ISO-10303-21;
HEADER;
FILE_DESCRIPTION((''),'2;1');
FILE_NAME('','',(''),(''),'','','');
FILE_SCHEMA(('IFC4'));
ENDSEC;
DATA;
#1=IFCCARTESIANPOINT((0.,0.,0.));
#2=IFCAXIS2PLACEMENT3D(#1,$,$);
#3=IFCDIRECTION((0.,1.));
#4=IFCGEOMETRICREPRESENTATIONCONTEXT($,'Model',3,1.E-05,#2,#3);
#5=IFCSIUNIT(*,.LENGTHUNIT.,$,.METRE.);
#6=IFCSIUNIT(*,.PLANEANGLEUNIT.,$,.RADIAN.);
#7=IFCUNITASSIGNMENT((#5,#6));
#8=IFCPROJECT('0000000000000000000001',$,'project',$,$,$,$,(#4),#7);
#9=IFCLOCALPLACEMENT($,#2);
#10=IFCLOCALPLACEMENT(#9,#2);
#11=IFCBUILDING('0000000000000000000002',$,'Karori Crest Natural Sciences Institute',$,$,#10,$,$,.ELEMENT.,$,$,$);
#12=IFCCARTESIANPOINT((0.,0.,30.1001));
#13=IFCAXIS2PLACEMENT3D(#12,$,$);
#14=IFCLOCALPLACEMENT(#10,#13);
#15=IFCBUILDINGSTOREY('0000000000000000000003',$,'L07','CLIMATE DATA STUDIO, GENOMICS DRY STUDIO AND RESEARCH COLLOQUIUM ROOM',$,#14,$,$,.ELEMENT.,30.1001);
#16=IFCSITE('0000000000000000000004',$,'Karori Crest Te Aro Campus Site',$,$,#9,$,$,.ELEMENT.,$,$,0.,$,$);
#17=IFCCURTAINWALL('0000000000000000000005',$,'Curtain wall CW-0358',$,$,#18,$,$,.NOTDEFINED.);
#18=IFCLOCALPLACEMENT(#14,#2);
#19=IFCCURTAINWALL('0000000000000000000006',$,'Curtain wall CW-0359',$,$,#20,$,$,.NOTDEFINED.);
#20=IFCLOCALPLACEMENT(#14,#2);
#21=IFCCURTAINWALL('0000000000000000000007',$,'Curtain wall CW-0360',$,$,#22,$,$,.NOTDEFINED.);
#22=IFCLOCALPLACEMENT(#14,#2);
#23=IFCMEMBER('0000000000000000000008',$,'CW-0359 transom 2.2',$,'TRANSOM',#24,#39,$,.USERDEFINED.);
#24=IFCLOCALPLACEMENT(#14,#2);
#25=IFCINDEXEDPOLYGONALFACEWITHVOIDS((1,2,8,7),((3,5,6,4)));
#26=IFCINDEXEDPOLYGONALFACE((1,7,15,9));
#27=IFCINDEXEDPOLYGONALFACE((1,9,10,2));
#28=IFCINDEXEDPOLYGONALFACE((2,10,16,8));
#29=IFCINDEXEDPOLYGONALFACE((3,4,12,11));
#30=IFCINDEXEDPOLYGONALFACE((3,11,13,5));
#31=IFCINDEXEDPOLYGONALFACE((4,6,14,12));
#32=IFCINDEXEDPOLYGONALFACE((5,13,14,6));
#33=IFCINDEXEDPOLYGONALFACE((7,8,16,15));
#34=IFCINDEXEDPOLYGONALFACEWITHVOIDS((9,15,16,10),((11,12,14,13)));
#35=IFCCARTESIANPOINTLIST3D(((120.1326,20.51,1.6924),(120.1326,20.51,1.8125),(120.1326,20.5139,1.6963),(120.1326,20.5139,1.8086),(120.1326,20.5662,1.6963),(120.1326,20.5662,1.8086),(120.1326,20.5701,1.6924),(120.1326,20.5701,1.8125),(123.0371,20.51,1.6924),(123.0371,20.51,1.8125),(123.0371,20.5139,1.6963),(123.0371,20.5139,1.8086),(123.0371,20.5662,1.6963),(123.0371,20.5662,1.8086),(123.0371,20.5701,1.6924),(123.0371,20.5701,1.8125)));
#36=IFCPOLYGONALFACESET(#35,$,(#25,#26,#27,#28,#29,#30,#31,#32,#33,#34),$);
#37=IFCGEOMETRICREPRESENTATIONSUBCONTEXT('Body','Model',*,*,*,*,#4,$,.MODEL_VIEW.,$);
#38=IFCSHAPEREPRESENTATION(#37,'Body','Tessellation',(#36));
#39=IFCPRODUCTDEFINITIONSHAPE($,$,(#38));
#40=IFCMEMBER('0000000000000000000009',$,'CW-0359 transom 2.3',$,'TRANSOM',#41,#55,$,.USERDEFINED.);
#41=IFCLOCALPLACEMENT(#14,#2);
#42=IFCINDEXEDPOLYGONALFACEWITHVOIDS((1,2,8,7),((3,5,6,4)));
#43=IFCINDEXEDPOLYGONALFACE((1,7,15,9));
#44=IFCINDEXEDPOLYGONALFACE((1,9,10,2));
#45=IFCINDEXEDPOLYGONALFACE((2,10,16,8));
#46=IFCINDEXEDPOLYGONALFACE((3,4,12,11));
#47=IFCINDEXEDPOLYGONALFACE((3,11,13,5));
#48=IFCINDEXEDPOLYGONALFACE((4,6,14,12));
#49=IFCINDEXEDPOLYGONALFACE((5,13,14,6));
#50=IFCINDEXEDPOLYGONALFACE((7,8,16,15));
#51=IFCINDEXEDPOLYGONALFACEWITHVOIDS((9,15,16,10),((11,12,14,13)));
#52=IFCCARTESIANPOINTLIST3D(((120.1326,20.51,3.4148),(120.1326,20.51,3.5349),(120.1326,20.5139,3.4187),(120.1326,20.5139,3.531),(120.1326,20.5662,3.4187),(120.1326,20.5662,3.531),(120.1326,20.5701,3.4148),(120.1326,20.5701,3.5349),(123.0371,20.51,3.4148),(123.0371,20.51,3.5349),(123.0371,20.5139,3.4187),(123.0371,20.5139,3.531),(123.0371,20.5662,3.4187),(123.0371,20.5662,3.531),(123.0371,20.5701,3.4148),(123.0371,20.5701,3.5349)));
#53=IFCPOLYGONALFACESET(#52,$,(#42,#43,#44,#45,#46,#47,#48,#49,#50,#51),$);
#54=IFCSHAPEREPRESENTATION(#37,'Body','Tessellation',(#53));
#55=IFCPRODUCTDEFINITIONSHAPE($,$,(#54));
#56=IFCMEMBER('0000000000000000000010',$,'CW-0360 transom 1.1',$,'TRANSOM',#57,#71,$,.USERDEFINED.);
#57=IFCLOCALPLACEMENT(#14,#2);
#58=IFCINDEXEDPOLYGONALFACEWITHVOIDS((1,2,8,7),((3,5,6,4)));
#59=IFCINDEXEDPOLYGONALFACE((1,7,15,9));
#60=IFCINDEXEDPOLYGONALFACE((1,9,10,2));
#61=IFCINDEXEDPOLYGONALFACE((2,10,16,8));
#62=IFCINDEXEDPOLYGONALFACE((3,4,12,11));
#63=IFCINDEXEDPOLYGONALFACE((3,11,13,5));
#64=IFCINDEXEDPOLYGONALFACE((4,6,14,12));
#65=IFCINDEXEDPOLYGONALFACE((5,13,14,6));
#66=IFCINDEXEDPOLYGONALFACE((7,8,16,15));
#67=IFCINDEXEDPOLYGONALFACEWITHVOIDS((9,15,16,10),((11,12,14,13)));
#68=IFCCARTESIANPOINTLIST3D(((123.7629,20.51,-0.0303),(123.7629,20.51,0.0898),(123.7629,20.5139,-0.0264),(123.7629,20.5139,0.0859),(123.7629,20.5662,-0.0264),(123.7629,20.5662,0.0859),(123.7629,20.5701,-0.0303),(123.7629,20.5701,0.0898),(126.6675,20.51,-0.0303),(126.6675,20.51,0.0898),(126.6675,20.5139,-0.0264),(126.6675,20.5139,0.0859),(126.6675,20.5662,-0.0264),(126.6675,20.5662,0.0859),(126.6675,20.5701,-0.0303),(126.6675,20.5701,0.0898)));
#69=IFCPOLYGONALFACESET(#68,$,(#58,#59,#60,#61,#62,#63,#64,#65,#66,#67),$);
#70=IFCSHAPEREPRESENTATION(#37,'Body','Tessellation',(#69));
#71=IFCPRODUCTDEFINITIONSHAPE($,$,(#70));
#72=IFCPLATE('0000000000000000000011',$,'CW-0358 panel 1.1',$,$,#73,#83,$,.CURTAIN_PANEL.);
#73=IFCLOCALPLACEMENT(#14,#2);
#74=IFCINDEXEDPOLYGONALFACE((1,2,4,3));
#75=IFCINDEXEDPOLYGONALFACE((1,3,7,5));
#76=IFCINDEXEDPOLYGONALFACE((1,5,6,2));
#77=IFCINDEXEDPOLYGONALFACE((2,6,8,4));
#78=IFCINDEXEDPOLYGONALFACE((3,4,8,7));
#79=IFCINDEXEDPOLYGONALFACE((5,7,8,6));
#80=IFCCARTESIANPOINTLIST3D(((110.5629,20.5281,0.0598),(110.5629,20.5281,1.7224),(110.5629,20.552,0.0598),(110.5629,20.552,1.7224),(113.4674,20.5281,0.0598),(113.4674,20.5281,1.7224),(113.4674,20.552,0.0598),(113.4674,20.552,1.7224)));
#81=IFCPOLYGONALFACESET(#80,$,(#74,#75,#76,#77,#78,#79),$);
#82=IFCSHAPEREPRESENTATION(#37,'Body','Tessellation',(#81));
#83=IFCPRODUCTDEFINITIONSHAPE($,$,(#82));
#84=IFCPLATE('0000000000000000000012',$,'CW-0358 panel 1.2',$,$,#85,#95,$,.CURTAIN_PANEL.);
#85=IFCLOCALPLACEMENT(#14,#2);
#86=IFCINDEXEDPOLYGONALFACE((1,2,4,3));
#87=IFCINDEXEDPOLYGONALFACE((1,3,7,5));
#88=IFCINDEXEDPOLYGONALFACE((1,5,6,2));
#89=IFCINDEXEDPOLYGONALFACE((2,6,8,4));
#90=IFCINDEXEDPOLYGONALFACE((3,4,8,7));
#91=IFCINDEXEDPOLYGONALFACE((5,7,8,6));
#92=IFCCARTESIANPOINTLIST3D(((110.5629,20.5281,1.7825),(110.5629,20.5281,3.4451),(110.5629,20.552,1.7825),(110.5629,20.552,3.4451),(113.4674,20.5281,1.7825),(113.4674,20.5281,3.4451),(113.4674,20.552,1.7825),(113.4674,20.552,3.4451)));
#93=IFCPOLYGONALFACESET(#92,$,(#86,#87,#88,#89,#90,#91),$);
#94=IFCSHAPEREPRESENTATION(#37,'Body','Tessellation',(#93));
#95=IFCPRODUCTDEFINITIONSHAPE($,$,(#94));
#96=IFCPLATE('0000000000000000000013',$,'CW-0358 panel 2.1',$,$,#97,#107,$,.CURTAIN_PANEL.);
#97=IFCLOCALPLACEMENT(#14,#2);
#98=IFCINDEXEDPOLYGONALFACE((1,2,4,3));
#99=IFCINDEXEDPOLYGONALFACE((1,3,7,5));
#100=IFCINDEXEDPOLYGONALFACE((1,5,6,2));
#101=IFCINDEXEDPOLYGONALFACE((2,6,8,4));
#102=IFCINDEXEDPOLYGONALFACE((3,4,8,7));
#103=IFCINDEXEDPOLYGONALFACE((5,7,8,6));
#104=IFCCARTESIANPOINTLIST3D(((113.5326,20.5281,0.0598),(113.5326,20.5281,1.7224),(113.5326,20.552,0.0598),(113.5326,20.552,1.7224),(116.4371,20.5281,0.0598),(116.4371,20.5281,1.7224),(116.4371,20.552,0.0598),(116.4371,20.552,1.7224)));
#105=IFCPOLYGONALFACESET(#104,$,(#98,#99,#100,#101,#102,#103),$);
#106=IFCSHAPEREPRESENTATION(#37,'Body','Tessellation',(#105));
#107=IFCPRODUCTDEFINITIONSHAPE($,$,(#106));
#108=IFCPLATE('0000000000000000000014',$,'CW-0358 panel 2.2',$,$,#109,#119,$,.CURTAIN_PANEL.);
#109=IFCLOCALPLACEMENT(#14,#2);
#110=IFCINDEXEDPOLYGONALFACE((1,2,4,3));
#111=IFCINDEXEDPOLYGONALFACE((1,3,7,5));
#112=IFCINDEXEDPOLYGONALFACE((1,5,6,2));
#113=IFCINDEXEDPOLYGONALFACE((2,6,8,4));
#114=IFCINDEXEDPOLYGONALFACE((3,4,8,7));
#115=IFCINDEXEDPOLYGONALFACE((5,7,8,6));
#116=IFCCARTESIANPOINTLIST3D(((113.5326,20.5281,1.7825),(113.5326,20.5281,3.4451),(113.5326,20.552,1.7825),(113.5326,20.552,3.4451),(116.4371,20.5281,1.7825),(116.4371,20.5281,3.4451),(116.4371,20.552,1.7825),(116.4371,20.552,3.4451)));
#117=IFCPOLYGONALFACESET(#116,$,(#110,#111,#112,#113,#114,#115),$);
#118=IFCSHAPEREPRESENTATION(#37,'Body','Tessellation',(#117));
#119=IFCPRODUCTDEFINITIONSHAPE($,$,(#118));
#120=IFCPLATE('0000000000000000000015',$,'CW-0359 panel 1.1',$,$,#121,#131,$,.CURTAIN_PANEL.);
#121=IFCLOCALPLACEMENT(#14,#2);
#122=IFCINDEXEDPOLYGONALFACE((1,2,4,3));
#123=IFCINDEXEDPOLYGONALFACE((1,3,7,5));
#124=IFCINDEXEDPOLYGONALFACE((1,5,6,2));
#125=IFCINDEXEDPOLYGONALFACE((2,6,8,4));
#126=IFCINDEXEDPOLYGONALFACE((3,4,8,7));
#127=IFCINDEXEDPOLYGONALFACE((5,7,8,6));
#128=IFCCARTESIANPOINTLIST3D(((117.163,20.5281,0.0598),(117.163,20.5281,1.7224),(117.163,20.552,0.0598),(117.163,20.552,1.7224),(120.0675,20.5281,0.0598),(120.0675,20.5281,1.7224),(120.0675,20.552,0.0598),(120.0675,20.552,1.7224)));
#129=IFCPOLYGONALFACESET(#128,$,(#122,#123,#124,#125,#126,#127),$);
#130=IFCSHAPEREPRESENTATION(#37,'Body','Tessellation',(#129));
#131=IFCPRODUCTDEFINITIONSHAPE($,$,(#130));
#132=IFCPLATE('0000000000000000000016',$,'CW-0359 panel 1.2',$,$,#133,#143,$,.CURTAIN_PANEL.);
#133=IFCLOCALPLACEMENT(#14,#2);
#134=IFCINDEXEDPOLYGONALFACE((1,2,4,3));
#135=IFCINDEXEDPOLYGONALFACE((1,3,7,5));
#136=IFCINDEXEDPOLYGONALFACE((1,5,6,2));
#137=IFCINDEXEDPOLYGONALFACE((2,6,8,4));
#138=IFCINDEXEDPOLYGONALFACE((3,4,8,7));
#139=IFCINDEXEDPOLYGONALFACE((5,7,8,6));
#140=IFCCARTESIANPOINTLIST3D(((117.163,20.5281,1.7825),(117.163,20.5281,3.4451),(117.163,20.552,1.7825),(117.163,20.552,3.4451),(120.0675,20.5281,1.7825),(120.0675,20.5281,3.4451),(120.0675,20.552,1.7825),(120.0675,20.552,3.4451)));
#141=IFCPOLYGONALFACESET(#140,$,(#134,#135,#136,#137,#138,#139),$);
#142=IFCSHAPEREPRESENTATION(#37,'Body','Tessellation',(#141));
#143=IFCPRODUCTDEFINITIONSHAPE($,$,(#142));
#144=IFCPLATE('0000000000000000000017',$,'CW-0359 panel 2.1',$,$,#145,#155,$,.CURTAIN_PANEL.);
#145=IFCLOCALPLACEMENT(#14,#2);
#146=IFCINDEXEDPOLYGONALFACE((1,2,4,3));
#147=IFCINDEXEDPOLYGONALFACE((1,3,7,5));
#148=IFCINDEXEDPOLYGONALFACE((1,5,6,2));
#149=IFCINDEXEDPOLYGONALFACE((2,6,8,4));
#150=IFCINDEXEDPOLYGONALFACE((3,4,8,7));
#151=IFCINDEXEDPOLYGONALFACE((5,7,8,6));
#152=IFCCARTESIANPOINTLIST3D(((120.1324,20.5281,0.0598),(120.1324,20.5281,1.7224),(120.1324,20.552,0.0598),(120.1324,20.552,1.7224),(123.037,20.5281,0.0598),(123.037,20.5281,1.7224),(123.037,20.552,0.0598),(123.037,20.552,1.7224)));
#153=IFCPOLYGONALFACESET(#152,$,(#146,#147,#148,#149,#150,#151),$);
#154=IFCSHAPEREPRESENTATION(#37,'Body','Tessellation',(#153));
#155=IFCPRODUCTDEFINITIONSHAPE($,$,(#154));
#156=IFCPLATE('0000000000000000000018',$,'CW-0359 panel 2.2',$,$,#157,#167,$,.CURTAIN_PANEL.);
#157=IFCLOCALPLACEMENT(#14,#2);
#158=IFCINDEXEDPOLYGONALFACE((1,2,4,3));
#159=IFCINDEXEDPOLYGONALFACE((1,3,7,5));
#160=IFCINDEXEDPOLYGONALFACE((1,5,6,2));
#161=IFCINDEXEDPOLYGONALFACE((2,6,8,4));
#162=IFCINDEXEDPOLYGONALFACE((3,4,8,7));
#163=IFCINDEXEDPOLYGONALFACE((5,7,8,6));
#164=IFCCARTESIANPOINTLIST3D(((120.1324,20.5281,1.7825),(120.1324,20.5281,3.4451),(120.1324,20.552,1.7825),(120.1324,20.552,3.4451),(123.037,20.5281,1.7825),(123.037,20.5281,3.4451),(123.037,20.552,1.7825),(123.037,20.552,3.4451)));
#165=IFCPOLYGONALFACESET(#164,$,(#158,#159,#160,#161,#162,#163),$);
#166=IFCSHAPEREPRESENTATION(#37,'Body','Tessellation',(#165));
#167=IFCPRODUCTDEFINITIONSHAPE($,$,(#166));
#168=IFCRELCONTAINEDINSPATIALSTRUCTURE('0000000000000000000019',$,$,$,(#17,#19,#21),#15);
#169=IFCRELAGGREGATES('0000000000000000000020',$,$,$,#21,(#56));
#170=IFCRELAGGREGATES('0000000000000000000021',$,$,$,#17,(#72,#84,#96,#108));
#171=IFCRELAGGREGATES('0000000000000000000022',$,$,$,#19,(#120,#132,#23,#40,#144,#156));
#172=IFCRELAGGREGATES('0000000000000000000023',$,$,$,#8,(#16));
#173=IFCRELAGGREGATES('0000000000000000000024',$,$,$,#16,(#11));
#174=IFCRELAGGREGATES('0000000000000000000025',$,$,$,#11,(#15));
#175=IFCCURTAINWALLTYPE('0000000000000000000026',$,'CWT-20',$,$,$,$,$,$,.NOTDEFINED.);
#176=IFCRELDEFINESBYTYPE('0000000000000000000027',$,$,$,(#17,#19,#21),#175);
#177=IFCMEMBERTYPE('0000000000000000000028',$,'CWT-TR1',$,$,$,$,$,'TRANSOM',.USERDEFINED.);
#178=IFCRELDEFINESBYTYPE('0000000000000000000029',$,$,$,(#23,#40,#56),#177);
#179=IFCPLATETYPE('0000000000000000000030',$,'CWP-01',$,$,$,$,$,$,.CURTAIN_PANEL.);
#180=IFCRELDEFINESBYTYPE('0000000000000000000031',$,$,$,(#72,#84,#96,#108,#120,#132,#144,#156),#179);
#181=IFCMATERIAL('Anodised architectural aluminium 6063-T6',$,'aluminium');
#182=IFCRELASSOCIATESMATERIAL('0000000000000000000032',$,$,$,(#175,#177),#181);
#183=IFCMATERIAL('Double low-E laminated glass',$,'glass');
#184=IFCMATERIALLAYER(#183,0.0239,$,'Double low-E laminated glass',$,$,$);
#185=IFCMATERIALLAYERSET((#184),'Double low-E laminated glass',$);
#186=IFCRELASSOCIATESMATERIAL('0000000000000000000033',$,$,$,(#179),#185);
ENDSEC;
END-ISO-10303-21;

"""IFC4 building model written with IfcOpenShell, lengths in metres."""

from ifc_helpers import new_model, si_unit, direction, frame, origin, origin_2d, place, context, subcontext, project, spatial, rectangle, hollow_rectangle, extrude, material, layer, layer_set, material_profile, profile_set, type_object, element, aggregate, save


model = new_model("IFC4")

# Units and contexts
model_context = context("Model", 3, precision=1e-05, world=origin(), true_north=direction((0.0, 1.0)))
body_context = subcontext(model_context, "Body", "Model", "MODEL_VIEW")
ifc_project = project(units=[si_unit("LENGTHUNIT", "METRE"), si_unit("PLANEANGLEUNIT", "RADIAN")], contexts=[model_context])

# Site, building, storey
site_placement = place(None, origin())
site = spatial("IfcSite", under=ifc_project, at=site_placement, Name="Karori Crest Te Aro Campus Site", CompositionType="ELEMENT", RefElevation=0.0)
building_placement = place(site_placement, origin())
building = spatial("IfcBuilding", under=site, at=building_placement, Name="Karori Crest Natural Sciences Institute", CompositionType="ELEMENT")
storey_placement = place(building_placement, frame((0.0, 0.0, 30.1001)))
storey = spatial("IfcBuildingStorey", under=building, at=storey_placement, Name="L07", Description="CLIMATE DATA STUDIO, GENOMICS DRY STUDIO AND RESEARCH COLLOQUIUM ROOM", CompositionType="ELEMENT", Elevation=30.1001)

# Curtain walls
ifc_material_1 = material(Name="Anodised architectural aluminium 6063-T6", Category="aluminium")
curtain_wall_type = type_object("IfcCurtainWallType", Name="CWT-20", PredefinedType="NOTDEFINED", material=ifc_material_1)
curtain_wall_1_placement = place(storey_placement, origin())
curtain_wall_1 = element("IfcCurtainWall", 1, at=curtain_wall_1_placement, inside=storey, type_object=curtain_wall_type, Name="Curtain wall CW-0358", PredefinedType="NOTDEFINED")
curtain_wall_2_placement = place(storey_placement, origin())
curtain_wall_2 = element("IfcCurtainWall", 2, at=curtain_wall_2_placement, inside=storey, type_object=curtain_wall_type, Name="Curtain wall CW-0359", PredefinedType="NOTDEFINED")

# Curtain wall
curtain_wall_3_placement = place(storey_placement, origin())
curtain_wall_3 = element("IfcCurtainWall", 3, at=curtain_wall_3_placement, inside=storey, type_object=curtain_wall_type, Name="Curtain wall CW-0360", PredefinedType="NOTDEFINED")

# Members
ifc_material_profile_1 = material_profile(ifc_material_1, hollow_rectangle(XDim=0.0601, YDim=0.1201, WallThickness=0.0039, at=origin_2d()), Name="CWT120x60x4")
ifc_profile_set_1 = profile_set([ifc_material_profile_1], Name="Anodised architectural aluminium 6063-T6")
member_type_1 = type_object("IfcMemberType", Name="CWT-TR1", ElementType="TRANSOM", PredefinedType="USERDEFINED", material=ifc_profile_set_1)
member_1_placement = place(storey_placement, frame((120.1326, 20.54, 1.7524), z_axis=(1.0, 0.0, 0.0), x_axis=(0.0, 1.0, 0.0)))
member_1 = element("IfcMember", 4, at=member_1_placement, type_object=member_type_1, Name="CW-0359 transom 2.2", ObjectType="TRANSOM", PredefinedType="USERDEFINED", context=body_context, shape_type="SweptSolid", body=[
    extrude(hollow_rectangle(XDim=0.0601, YDim=0.1201, WallThickness=0.0039, at=origin_2d()), origin(), (0.0, 0.0, 1.0), 2.9045),
])
member_2_placement = place(storey_placement, frame((120.1326, 20.54, 3.4749), z_axis=(1.0, 0.0, 0.0), x_axis=(0.0, 1.0, 0.0)))
member_2 = element("IfcMember", 5, at=member_2_placement, type_object=member_type_1, Name="CW-0359 transom 2.3", ObjectType="TRANSOM", PredefinedType="USERDEFINED", context=body_context, shape_type="SweptSolid", body=[
    extrude(hollow_rectangle(XDim=0.0601, YDim=0.1201, WallThickness=0.0039, at=origin_2d()), origin(), (0.0, 0.0, 1.0), 2.9045),
])
member_3_placement = place(storey_placement, frame((123.7629, 20.54, 0.0298), z_axis=(1.0, 0.0, 0.0), x_axis=(0.0, 1.0, 0.0)))
member_3 = element("IfcMember", 6, at=member_3_placement, type_object=member_type_1, Name="CW-0360 transom 1.1", ObjectType="TRANSOM", PredefinedType="USERDEFINED", context=body_context, shape_type="SweptSolid", body=[
    extrude(hollow_rectangle(XDim=0.0601, YDim=0.1201, WallThickness=0.0039, at=origin_2d()), origin(), (0.0, 0.0, 1.0), 2.9045),
])
aggregate(curtain_wall_3, [member_3])

# Plates
ifc_material_2 = material(Name="Double low-E laminated glass", Category="glass")
ifc_layer = layer(ifc_material_2, 0.0239, Name="Double low-E laminated glass")
ifc_layer_set = layer_set([ifc_layer], Name="Double low-E laminated glass")
plate_type = type_object("IfcPlateType", Name="CWP-01", PredefinedType="CURTAIN_PANEL", material=ifc_layer_set)
plate_1_placement = place(storey_placement, frame((112.0151, 20.54, 0.0598), z_axis=(0.0, 0.0, 1.0), x_axis=(1.0, 0.0, 0.0)))
plate_1 = element("IfcPlate", 7, at=plate_1_placement, type_object=plate_type, Name="CW-0358 panel 1.1", PredefinedType="CURTAIN_PANEL", context=body_context, shape_type="SweptSolid", body=[
    extrude(rectangle(XDim=2.9045, YDim=0.0239, at=origin_2d()), origin(), (0.0, 0.0, 1.0), 1.6626),
])
plate_2_placement = place(storey_placement, frame((112.0151, 20.54, 1.7825), z_axis=(0.0, 0.0, 1.0), x_axis=(1.0, 0.0, 0.0)))
plate_2 = element("IfcPlate", 8, at=plate_2_placement, type_object=plate_type, Name="CW-0358 panel 1.2", PredefinedType="CURTAIN_PANEL", context=body_context, shape_type="SweptSolid", body=[
    extrude(rectangle(XDim=2.9045, YDim=0.0239, at=origin_2d()), origin(), (0.0, 0.0, 1.0), 1.6626),
])
plate_3_placement = place(storey_placement, frame((114.9849, 20.54, 0.0598), z_axis=(0.0, 0.0, 1.0), x_axis=(1.0, 0.0, 0.0)))
plate_3 = element("IfcPlate", 9, at=plate_3_placement, type_object=plate_type, Name="CW-0358 panel 2.1", PredefinedType="CURTAIN_PANEL", context=body_context, shape_type="SweptSolid", body=[
    extrude(rectangle(XDim=2.9045, YDim=0.0239, at=origin_2d()), origin(), (0.0, 0.0, 1.0), 1.6626),
])
plate_4_placement = place(storey_placement, frame((114.9849, 20.54, 1.7825), z_axis=(0.0, 0.0, 1.0), x_axis=(1.0, 0.0, 0.0)))
plate_4 = element("IfcPlate", 10, at=plate_4_placement, type_object=plate_type, Name="CW-0358 panel 2.2", PredefinedType="CURTAIN_PANEL", context=body_context, shape_type="SweptSolid", body=[
    extrude(rectangle(XDim=2.9045, YDim=0.0239, at=origin_2d()), origin(), (0.0, 0.0, 1.0), 1.6626),
])
aggregate(curtain_wall_1, [plate_1, plate_2, plate_3, plate_4])
plate_5_placement = place(storey_placement, frame((118.6152, 20.54, 0.0598), z_axis=(0.0, 0.0, 1.0), x_axis=(1.0, 0.0, 0.0)))
plate_5 = element("IfcPlate", 11, at=plate_5_placement, type_object=plate_type, Name="CW-0359 panel 1.1", PredefinedType="CURTAIN_PANEL", context=body_context, shape_type="SweptSolid", body=[
    extrude(rectangle(XDim=2.9045, YDim=0.0239, at=origin_2d()), origin(), (0.0, 0.0, 1.0), 1.6626),
])
plate_6_placement = place(storey_placement, frame((118.6152, 20.54, 1.7825), z_axis=(0.0, 0.0, 1.0), x_axis=(1.0, 0.0, 0.0)))
plate_6 = element("IfcPlate", 12, at=plate_6_placement, type_object=plate_type, Name="CW-0359 panel 1.2", PredefinedType="CURTAIN_PANEL", context=body_context, shape_type="SweptSolid", body=[
    extrude(rectangle(XDim=2.9045, YDim=0.0239, at=origin_2d()), origin(), (0.0, 0.0, 1.0), 1.6626),
])
plate_7_placement = place(storey_placement, frame((121.5847, 20.54, 0.0598), z_axis=(0.0, 0.0, 1.0), x_axis=(1.0, 0.0, 0.0)))
plate_7 = element("IfcPlate", 13, at=plate_7_placement, type_object=plate_type, Name="CW-0359 panel 2.1", PredefinedType="CURTAIN_PANEL", context=body_context, shape_type="SweptSolid", body=[
    extrude(rectangle(XDim=2.9045, YDim=0.0239, at=origin_2d()), origin(), (0.0, 0.0, 1.0), 1.6626),
])
plate_8_placement = place(storey_placement, frame((121.5847, 20.54, 1.7825), z_axis=(0.0, 0.0, 1.0), x_axis=(1.0, 0.0, 0.0)))
plate_8 = element("IfcPlate", 14, at=plate_8_placement, type_object=plate_type, Name="CW-0359 panel 2.2", PredefinedType="CURTAIN_PANEL", context=body_context, shape_type="SweptSolid", body=[
    extrude(rectangle(XDim=2.9045, YDim=0.0239, at=origin_2d()), origin(), (0.0, 0.0, 1.0), 1.6626),
])
aggregate(curtain_wall_2, [plate_5, plate_6, member_1, member_2, plate_7, plate_8])

save(model, "model.ifc")
